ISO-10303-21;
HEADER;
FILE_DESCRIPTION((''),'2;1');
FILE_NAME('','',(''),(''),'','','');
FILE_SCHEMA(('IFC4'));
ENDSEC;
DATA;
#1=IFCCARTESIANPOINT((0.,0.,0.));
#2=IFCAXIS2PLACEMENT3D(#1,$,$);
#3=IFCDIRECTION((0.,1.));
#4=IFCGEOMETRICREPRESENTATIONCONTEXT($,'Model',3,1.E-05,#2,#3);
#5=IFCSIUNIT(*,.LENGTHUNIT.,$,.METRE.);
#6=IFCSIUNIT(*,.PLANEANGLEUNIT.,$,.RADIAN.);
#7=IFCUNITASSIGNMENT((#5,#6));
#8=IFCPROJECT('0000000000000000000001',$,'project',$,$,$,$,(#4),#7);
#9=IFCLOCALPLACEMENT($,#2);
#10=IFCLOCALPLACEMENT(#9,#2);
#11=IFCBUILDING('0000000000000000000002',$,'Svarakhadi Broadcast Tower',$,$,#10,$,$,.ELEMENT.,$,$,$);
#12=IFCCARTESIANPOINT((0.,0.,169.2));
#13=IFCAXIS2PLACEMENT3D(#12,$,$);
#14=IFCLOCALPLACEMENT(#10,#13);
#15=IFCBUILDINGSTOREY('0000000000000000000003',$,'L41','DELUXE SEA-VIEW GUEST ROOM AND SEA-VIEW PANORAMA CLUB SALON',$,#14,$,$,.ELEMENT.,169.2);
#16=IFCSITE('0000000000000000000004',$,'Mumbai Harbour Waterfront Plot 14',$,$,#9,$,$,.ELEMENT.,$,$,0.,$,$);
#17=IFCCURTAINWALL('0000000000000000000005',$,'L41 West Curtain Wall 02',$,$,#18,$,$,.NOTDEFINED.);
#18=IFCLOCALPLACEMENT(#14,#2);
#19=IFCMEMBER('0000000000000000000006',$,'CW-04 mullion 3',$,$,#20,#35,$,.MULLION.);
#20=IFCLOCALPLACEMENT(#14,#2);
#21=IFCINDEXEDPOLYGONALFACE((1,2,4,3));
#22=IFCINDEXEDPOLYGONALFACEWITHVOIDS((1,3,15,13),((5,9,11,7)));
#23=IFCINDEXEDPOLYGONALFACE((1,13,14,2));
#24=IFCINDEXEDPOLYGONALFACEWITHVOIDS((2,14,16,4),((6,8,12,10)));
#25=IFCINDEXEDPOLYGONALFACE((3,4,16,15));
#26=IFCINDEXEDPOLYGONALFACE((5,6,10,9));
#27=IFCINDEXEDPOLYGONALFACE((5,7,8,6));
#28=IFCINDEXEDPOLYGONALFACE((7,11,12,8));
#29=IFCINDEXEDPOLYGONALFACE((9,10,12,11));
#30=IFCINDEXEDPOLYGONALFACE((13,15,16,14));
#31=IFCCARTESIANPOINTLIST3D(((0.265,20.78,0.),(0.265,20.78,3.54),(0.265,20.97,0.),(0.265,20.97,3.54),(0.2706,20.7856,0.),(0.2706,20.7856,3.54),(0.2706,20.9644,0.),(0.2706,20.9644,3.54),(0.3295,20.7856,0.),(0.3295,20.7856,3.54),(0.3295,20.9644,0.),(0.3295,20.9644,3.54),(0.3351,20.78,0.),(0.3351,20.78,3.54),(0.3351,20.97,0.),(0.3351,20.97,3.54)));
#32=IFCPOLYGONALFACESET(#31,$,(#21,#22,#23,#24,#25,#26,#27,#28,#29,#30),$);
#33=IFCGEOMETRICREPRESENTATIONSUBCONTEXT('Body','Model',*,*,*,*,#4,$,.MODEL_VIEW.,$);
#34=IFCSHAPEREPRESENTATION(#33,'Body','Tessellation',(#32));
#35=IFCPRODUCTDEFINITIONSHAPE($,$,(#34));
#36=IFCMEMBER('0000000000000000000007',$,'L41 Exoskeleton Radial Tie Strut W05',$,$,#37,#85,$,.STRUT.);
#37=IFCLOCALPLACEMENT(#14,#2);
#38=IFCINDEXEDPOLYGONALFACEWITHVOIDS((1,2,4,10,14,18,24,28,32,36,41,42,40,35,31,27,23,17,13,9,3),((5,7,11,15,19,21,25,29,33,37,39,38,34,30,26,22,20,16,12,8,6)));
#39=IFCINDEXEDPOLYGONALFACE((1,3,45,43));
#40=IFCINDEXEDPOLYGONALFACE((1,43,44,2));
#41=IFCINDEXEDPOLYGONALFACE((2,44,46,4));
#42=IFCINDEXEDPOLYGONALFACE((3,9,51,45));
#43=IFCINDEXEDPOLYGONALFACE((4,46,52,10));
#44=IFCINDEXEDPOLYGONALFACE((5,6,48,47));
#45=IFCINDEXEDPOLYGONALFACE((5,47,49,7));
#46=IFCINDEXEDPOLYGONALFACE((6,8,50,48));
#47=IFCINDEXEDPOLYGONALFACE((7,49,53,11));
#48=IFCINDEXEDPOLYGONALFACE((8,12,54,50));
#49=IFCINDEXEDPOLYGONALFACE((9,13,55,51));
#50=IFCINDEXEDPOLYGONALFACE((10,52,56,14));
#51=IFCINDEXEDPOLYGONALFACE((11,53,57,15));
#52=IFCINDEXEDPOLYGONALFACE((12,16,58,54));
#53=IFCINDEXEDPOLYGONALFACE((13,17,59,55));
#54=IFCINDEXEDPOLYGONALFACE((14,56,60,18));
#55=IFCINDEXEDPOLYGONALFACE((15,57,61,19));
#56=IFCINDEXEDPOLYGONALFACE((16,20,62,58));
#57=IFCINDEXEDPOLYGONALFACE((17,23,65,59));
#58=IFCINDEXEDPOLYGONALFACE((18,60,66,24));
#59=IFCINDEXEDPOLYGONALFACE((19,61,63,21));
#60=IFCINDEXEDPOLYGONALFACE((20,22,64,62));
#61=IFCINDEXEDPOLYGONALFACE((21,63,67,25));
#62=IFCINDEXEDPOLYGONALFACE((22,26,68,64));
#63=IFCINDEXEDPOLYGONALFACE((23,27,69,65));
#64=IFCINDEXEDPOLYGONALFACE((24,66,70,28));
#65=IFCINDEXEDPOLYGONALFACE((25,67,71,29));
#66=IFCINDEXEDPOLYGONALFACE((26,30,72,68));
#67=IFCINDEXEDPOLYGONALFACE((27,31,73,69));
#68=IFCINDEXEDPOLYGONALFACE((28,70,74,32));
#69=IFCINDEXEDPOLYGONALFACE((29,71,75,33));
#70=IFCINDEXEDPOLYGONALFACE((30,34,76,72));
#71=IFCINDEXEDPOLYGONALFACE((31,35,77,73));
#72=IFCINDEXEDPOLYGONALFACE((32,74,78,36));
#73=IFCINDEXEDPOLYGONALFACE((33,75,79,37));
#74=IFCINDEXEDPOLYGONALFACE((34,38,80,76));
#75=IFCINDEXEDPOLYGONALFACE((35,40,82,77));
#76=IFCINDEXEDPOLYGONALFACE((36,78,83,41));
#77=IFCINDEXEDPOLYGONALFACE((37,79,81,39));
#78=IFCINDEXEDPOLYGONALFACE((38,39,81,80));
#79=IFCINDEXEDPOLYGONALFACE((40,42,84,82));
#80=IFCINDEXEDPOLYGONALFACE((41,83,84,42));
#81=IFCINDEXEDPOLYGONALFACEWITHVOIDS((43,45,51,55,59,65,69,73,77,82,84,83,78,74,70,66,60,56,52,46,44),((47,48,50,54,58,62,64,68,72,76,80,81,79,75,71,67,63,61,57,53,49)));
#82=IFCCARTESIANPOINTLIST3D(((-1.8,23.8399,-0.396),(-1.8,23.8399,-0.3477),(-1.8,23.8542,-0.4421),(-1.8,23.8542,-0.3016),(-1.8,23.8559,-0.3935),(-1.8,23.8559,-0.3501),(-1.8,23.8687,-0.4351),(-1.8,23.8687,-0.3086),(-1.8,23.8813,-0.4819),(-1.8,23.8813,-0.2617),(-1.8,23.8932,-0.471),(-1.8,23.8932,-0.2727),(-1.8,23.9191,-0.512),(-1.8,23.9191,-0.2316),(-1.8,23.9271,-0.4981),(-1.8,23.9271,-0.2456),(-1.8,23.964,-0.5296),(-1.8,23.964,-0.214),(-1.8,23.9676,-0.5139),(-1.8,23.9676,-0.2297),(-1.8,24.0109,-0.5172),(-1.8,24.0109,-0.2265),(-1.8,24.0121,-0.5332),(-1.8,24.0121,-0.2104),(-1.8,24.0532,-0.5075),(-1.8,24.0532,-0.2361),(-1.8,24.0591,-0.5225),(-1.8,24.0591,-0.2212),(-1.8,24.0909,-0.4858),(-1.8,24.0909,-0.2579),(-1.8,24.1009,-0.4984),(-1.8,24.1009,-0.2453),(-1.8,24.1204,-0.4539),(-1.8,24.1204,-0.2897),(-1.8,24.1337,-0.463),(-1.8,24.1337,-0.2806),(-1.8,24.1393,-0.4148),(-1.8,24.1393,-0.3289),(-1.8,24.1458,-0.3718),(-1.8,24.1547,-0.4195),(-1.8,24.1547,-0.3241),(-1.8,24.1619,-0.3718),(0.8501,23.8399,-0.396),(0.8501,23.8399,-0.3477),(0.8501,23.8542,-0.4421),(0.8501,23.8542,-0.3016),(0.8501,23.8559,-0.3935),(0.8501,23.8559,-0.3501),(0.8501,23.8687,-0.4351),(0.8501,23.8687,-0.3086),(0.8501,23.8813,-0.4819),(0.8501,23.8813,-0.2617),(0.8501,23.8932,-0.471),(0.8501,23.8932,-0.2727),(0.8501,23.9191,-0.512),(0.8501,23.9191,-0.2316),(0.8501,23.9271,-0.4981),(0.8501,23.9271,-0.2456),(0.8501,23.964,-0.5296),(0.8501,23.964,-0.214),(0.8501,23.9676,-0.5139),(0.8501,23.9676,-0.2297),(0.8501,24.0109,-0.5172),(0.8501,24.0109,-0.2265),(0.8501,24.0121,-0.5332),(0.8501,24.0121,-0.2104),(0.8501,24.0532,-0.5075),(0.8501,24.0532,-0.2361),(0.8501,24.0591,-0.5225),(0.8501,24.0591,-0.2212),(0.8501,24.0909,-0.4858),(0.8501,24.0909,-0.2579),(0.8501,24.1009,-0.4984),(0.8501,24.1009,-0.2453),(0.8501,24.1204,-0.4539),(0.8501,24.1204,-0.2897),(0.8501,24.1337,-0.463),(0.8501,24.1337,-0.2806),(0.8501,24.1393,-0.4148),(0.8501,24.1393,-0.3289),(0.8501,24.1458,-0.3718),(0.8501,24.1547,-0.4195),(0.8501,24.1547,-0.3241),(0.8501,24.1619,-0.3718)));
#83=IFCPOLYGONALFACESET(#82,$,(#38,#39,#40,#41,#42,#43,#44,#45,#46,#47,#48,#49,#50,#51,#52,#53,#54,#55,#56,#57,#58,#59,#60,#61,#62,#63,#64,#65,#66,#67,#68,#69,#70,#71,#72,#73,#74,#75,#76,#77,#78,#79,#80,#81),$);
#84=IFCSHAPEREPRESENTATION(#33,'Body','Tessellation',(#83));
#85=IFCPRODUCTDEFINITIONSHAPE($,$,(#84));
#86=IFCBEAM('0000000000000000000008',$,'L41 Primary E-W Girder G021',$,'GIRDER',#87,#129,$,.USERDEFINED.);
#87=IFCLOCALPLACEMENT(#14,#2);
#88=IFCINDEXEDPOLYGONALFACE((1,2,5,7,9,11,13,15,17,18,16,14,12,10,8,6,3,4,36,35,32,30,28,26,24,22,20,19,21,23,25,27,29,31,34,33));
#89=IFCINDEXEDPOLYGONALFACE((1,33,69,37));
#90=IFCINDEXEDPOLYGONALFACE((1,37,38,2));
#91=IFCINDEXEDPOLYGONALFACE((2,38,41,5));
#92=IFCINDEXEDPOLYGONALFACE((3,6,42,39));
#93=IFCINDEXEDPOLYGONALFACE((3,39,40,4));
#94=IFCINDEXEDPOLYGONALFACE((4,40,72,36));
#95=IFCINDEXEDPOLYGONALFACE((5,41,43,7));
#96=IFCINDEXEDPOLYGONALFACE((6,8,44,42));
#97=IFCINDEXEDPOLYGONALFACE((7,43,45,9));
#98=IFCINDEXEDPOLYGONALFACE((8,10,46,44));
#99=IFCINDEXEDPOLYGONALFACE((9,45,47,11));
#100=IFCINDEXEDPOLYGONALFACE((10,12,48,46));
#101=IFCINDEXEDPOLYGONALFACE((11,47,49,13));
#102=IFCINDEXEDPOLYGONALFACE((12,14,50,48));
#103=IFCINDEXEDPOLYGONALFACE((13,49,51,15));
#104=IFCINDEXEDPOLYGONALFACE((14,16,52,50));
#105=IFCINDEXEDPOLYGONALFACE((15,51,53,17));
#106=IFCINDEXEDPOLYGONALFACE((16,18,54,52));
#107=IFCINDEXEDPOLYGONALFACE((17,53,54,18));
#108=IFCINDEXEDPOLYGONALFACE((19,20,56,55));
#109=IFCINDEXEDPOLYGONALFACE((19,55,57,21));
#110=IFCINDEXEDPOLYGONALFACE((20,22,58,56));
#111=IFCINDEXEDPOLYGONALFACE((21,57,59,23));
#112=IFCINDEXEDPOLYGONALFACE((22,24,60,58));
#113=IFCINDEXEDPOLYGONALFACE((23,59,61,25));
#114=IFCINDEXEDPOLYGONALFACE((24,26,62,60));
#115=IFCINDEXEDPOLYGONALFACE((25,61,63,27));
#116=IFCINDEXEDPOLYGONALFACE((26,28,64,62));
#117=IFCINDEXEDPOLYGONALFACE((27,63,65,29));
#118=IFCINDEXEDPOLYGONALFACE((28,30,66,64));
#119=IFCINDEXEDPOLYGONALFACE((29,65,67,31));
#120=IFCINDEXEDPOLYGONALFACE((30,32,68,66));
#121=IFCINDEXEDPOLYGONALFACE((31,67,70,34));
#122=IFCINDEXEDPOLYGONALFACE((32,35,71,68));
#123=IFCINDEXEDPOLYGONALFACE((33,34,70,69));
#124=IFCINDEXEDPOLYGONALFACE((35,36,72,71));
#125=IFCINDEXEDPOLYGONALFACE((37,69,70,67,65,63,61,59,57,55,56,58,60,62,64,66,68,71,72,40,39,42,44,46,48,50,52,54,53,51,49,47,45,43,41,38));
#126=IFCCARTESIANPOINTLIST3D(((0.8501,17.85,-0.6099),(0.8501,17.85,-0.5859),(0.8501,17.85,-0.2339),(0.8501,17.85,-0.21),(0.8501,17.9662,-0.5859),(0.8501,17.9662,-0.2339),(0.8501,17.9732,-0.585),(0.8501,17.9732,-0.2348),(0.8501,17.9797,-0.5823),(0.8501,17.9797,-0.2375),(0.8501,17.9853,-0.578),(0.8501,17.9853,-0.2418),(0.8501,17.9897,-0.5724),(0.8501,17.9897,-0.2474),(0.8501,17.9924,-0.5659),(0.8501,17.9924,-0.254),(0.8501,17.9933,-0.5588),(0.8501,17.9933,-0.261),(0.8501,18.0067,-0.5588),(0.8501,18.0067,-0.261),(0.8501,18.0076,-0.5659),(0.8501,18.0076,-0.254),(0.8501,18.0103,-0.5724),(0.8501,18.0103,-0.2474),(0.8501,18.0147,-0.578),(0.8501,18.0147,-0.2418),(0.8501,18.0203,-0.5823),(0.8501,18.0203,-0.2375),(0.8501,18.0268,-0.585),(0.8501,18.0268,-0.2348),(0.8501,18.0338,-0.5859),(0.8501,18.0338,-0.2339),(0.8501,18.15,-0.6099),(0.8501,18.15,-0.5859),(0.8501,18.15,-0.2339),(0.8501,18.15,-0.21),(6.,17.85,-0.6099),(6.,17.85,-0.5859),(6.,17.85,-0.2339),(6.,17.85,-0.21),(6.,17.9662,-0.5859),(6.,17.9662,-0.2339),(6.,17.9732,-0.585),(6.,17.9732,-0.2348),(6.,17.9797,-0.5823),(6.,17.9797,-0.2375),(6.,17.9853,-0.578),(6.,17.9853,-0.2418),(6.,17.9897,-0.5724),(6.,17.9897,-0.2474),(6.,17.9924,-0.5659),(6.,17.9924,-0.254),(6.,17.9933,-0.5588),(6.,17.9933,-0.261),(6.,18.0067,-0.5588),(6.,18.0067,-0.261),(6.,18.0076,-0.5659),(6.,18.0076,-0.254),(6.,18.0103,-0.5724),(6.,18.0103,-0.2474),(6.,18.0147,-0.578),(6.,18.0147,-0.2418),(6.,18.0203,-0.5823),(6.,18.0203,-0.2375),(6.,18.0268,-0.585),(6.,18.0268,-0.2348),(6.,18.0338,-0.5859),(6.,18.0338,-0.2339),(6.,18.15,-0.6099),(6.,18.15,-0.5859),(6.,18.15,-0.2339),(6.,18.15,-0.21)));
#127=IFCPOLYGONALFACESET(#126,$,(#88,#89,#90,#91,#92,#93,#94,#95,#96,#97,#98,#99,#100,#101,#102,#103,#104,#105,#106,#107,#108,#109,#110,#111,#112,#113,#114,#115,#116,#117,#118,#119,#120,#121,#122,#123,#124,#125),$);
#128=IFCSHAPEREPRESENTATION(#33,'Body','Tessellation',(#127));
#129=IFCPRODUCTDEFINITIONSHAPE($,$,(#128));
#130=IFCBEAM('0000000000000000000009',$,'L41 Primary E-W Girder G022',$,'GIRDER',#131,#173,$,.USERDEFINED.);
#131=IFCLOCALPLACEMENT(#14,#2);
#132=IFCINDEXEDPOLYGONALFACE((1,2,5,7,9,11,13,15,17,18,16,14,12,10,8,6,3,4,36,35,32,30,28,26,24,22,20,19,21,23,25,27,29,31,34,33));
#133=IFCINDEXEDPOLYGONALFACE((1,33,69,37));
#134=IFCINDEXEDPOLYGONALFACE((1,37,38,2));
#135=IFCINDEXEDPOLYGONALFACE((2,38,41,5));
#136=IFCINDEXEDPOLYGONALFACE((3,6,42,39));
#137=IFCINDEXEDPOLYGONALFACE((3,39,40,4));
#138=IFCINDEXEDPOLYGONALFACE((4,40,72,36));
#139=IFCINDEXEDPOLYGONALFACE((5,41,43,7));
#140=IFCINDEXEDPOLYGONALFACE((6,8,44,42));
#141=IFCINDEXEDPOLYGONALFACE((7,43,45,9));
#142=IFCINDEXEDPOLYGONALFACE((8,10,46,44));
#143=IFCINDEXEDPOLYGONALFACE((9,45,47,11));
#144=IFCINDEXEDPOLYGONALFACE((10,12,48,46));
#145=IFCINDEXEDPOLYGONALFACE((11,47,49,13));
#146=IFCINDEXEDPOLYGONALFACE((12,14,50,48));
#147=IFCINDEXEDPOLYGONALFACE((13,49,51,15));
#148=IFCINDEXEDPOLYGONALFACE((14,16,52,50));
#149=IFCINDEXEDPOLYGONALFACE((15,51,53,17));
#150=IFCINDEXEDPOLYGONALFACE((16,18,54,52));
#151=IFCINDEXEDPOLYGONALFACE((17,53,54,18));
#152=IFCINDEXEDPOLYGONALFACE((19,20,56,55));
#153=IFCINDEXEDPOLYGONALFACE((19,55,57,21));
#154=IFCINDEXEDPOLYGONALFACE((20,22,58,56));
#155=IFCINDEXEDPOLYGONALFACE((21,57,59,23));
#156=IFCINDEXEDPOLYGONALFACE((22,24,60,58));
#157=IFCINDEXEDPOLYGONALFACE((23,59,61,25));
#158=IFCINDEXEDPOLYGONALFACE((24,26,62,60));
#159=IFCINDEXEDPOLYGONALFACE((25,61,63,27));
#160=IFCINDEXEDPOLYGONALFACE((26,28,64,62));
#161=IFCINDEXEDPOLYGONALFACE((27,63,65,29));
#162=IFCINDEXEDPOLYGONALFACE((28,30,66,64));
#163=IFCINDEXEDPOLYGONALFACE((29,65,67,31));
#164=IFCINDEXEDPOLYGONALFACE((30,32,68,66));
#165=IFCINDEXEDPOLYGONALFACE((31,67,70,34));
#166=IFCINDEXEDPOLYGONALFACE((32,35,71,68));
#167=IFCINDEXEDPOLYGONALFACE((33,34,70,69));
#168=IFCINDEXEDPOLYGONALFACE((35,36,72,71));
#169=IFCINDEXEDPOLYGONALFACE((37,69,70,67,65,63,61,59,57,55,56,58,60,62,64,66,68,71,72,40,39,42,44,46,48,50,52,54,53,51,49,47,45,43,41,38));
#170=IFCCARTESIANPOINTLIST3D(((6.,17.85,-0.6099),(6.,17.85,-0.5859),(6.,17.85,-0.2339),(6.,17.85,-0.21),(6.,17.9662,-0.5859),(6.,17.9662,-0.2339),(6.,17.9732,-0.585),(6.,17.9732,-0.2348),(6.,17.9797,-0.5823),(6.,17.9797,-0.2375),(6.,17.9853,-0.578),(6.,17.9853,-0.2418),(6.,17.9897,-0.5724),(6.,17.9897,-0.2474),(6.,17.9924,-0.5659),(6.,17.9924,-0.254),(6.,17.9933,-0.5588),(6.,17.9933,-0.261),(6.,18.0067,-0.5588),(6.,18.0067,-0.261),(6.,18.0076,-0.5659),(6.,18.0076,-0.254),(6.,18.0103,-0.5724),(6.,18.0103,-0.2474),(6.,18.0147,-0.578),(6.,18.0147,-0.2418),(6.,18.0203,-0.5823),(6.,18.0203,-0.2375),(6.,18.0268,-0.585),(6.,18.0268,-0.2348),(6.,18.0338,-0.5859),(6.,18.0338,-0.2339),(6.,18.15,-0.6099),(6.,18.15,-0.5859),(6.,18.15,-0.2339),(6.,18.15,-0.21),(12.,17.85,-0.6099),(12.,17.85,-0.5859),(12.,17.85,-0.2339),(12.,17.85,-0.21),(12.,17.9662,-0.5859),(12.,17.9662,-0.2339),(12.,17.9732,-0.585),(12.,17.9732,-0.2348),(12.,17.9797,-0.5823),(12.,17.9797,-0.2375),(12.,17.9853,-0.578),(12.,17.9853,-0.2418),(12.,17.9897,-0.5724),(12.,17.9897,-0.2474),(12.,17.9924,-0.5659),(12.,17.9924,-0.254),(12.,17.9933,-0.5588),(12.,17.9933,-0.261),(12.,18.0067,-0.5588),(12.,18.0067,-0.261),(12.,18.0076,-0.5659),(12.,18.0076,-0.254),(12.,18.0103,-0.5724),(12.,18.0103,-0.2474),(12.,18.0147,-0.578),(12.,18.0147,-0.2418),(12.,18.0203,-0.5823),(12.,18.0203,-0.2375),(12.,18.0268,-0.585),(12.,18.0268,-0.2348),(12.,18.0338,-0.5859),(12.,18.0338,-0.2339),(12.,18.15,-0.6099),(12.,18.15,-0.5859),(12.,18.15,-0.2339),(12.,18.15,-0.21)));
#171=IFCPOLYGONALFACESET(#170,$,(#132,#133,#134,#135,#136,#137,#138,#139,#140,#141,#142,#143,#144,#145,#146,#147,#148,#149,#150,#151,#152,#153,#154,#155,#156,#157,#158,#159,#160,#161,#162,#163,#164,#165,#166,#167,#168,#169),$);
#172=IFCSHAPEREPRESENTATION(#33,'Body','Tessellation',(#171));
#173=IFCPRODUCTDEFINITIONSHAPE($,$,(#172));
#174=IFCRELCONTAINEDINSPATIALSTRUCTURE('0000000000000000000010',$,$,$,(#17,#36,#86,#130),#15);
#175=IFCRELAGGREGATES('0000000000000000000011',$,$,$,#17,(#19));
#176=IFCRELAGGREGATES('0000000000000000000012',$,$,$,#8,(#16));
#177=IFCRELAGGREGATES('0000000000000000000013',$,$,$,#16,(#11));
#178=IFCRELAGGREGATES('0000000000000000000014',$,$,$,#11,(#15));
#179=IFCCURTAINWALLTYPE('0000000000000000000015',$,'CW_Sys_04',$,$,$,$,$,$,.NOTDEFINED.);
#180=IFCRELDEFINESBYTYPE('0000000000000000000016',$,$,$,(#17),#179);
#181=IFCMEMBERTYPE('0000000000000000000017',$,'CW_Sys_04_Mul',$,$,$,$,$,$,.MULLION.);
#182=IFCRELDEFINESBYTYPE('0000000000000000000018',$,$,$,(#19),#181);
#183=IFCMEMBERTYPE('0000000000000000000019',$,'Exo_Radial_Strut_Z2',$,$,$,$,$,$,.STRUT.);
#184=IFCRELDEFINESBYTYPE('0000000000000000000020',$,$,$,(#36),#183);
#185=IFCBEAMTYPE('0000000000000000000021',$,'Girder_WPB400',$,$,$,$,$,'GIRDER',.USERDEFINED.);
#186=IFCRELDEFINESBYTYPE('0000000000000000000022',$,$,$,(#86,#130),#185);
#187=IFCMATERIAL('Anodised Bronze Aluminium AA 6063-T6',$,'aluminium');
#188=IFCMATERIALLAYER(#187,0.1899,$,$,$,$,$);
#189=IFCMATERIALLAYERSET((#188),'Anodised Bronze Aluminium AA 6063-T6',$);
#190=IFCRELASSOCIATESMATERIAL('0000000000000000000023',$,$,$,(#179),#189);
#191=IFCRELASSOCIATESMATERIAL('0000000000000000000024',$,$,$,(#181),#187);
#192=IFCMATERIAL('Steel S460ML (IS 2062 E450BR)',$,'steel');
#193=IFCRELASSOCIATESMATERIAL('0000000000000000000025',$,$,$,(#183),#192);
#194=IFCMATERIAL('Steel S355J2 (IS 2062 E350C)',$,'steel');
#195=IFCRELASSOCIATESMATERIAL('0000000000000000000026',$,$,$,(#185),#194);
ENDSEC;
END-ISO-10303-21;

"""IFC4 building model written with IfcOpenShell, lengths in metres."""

from ifc_helpers import new_model, si_unit, direction, frame, origin, origin_2d, place, context, subcontext, project, spatial, hollow_rectangle, hollow_circle, i_section, extrude, material, layer, layer_set, material_profile, profile_set, type_object, element, aggregate, save


model = new_model("IFC4")

# Units and contexts
model_context = context("Model", 3, precision=1e-05, world=origin(), true_north=direction((0.0, 1.0)))
body_context = subcontext(model_context, "Body", "Model", "MODEL_VIEW")
ifc_project = project(units=[si_unit("LENGTHUNIT", "METRE"), si_unit("PLANEANGLEUNIT", "RADIAN")], contexts=[model_context])

# Site, building, storey
site_placement = place(None, origin())
site = spatial("IfcSite", under=ifc_project, at=site_placement, Name="Mumbai Harbour Waterfront Plot 14", CompositionType="ELEMENT", RefElevation=0.0)
building_placement = place(site_placement, origin())
building = spatial("IfcBuilding", under=site, at=building_placement, Name="Svarakhadi Broadcast Tower", CompositionType="ELEMENT")
storey_placement = place(building_placement, frame((0.0, 0.0, 169.2)))
storey = spatial("IfcBuildingStorey", under=building, at=storey_placement, Name="L41", Description="DELUXE SEA-VIEW GUEST ROOM AND SEA-VIEW PANORAMA CLUB SALON", CompositionType="ELEMENT", Elevation=169.2)

# Shared definitions
ifc_material_1 = material(Name="Steel S460ML (IS 2062 E450BR)", Category="steel")

# Shared definitions
ifc_material_2 = material(Name="Steel S355J2 (IS 2062 E350C)", Category="steel")

# Curtain wall, member
ifc_material_3 = material(Name="Anodised Bronze Aluminium AA 6063-T6", Category="aluminium")
ifc_layer_1 = layer(ifc_material_3, 0.1899)
ifc_layer_set_1 = layer_set([ifc_layer_1], Name="Anodised Bronze Aluminium AA 6063-T6")
curtain_wall_type = type_object("IfcCurtainWallType", Name="CW_Sys_04", PredefinedType="NOTDEFINED", material=ifc_layer_set_1)
curtain_wall_placement = place(storey_placement, origin())
curtain_wall = element("IfcCurtainWall", 1, at=curtain_wall_placement, inside=storey, type_object=curtain_wall_type, Name="L41 West Curtain Wall 02", PredefinedType="NOTDEFINED")
ifc_material_profile_1 = material_profile(ifc_material_3, hollow_rectangle(XDim=0.0701, YDim=0.1899, WallThickness=0.0056, at=origin_2d()), Name="ALU MULLION 190x70x6")
ifc_profile_set_1 = profile_set([ifc_material_profile_1], Name="Anodised Bronze Aluminium AA 6063-T6")
member_type_1 = type_object("IfcMemberType", Name="CW_Sys_04_Mul", PredefinedType="MULLION", material=ifc_profile_set_1)
member_1_placement = place(storey_placement, frame((0.3, 20.875, 0.0), z_axis=(0.0, 0.0, 1.0), x_axis=(-1.0, 0.0, 0.0)))
member_1 = element("IfcMember", 2, at=member_1_placement, type_object=member_type_1, Name="CW-04 mullion 3", PredefinedType="MULLION", context=body_context, shape_type="SweptSolid", body=[
    extrude(hollow_rectangle(XDim=0.0701, YDim=0.1899, WallThickness=0.0056, at=origin_2d()), origin(), (0.0, 0.0, 1.0), 3.54),
])

# Member
ifc_material_profile_2 = material_profile(ifc_material_1, hollow_circle(Radius=0.1619, WallThickness=0.0161, at=origin_2d()), Name="CHS 323.9x16")
ifc_profile_set_2 = profile_set([ifc_material_profile_2], Name="Steel S460ML (IS 2062 E450BR)")
member_type_2 = type_object("IfcMemberType", Name="Exo_Radial_Strut_Z2", PredefinedType="STRUT", material=ifc_profile_set_2)
member_2_placement = place(storey_placement, frame((-1.8, 24.0, -0.3718), z_axis=(1.0, 0.0, 0.0), x_axis=(0.0, 1.0, 0.0)))
element("IfcMember", 3, at=member_2_placement, inside=storey, type_object=member_type_2, Name="L41 Exoskeleton Radial Tie Strut W05", PredefinedType="STRUT", context=body_context, shape_type="SweptSolid", body=[
    extrude(hollow_circle(Radius=0.1619, WallThickness=0.0161, at=origin_2d()), origin(), (0.0, 0.0, 1.0), 2.6501),
])

# Beams
ifc_material_profile_3 = material_profile(ifc_material_2, i_section(OverallWidth=0.3, OverallDepth=0.3999, WebThickness=0.0134, FlangeThickness=0.0239, FilletRadius=0.0271, at=origin_2d()), Name="WPB 400x300x155")
ifc_profile_set_3 = profile_set([ifc_material_profile_3], Name="Steel S355J2 (IS 2062 E350C)")
beam_type_1 = type_object("IfcBeamType", Name="Girder_WPB400", ElementType="GIRDER", PredefinedType="USERDEFINED", material=ifc_profile_set_3)
beam_1_placement = place(storey_placement, frame((0.8501, 18.0, -0.4099), z_axis=(1.0, 0.0, 0.0), x_axis=(0.0, 1.0, 0.0)))
element("IfcBeam", 4, at=beam_1_placement, inside=storey, type_object=beam_type_1, Name="L41 Primary E-W Girder G021", ObjectType="GIRDER", PredefinedType="USERDEFINED", context=body_context, shape_type="SweptSolid", body=[
    extrude(i_section(OverallWidth=0.3, OverallDepth=0.3999, WebThickness=0.0134, FlangeThickness=0.0239, FilletRadius=0.0271, at=origin_2d()), origin(), (0.0, 0.0, 1.0), 5.1499),
])
for number, where, z_axis, x_axis, name in (
    (5, (6.0, 18.0, -0.4099), (1.0, 0.0, 0.0), (0.0, 1.0, 0.0), "L41 Primary E-W Girder G022"),
):
    element("IfcBeam", number, at=place(storey_placement, frame(where, z_axis=z_axis, x_axis=x_axis)), inside=storey, type_object=beam_type_1, Name=name, ObjectType="GIRDER", PredefinedType="USERDEFINED", context=body_context, shape_type="SweptSolid", body=[
        extrude(i_section(OverallWidth=0.3, OverallDepth=0.3999, WebThickness=0.0134, FlangeThickness=0.0239, FilletRadius=0.0271, at=origin_2d()), origin(), (0.0, 0.0, 1.0), 6.0),
    ])

aggregate(curtain_wall, [member_1])

save(model, "model.ifc")
